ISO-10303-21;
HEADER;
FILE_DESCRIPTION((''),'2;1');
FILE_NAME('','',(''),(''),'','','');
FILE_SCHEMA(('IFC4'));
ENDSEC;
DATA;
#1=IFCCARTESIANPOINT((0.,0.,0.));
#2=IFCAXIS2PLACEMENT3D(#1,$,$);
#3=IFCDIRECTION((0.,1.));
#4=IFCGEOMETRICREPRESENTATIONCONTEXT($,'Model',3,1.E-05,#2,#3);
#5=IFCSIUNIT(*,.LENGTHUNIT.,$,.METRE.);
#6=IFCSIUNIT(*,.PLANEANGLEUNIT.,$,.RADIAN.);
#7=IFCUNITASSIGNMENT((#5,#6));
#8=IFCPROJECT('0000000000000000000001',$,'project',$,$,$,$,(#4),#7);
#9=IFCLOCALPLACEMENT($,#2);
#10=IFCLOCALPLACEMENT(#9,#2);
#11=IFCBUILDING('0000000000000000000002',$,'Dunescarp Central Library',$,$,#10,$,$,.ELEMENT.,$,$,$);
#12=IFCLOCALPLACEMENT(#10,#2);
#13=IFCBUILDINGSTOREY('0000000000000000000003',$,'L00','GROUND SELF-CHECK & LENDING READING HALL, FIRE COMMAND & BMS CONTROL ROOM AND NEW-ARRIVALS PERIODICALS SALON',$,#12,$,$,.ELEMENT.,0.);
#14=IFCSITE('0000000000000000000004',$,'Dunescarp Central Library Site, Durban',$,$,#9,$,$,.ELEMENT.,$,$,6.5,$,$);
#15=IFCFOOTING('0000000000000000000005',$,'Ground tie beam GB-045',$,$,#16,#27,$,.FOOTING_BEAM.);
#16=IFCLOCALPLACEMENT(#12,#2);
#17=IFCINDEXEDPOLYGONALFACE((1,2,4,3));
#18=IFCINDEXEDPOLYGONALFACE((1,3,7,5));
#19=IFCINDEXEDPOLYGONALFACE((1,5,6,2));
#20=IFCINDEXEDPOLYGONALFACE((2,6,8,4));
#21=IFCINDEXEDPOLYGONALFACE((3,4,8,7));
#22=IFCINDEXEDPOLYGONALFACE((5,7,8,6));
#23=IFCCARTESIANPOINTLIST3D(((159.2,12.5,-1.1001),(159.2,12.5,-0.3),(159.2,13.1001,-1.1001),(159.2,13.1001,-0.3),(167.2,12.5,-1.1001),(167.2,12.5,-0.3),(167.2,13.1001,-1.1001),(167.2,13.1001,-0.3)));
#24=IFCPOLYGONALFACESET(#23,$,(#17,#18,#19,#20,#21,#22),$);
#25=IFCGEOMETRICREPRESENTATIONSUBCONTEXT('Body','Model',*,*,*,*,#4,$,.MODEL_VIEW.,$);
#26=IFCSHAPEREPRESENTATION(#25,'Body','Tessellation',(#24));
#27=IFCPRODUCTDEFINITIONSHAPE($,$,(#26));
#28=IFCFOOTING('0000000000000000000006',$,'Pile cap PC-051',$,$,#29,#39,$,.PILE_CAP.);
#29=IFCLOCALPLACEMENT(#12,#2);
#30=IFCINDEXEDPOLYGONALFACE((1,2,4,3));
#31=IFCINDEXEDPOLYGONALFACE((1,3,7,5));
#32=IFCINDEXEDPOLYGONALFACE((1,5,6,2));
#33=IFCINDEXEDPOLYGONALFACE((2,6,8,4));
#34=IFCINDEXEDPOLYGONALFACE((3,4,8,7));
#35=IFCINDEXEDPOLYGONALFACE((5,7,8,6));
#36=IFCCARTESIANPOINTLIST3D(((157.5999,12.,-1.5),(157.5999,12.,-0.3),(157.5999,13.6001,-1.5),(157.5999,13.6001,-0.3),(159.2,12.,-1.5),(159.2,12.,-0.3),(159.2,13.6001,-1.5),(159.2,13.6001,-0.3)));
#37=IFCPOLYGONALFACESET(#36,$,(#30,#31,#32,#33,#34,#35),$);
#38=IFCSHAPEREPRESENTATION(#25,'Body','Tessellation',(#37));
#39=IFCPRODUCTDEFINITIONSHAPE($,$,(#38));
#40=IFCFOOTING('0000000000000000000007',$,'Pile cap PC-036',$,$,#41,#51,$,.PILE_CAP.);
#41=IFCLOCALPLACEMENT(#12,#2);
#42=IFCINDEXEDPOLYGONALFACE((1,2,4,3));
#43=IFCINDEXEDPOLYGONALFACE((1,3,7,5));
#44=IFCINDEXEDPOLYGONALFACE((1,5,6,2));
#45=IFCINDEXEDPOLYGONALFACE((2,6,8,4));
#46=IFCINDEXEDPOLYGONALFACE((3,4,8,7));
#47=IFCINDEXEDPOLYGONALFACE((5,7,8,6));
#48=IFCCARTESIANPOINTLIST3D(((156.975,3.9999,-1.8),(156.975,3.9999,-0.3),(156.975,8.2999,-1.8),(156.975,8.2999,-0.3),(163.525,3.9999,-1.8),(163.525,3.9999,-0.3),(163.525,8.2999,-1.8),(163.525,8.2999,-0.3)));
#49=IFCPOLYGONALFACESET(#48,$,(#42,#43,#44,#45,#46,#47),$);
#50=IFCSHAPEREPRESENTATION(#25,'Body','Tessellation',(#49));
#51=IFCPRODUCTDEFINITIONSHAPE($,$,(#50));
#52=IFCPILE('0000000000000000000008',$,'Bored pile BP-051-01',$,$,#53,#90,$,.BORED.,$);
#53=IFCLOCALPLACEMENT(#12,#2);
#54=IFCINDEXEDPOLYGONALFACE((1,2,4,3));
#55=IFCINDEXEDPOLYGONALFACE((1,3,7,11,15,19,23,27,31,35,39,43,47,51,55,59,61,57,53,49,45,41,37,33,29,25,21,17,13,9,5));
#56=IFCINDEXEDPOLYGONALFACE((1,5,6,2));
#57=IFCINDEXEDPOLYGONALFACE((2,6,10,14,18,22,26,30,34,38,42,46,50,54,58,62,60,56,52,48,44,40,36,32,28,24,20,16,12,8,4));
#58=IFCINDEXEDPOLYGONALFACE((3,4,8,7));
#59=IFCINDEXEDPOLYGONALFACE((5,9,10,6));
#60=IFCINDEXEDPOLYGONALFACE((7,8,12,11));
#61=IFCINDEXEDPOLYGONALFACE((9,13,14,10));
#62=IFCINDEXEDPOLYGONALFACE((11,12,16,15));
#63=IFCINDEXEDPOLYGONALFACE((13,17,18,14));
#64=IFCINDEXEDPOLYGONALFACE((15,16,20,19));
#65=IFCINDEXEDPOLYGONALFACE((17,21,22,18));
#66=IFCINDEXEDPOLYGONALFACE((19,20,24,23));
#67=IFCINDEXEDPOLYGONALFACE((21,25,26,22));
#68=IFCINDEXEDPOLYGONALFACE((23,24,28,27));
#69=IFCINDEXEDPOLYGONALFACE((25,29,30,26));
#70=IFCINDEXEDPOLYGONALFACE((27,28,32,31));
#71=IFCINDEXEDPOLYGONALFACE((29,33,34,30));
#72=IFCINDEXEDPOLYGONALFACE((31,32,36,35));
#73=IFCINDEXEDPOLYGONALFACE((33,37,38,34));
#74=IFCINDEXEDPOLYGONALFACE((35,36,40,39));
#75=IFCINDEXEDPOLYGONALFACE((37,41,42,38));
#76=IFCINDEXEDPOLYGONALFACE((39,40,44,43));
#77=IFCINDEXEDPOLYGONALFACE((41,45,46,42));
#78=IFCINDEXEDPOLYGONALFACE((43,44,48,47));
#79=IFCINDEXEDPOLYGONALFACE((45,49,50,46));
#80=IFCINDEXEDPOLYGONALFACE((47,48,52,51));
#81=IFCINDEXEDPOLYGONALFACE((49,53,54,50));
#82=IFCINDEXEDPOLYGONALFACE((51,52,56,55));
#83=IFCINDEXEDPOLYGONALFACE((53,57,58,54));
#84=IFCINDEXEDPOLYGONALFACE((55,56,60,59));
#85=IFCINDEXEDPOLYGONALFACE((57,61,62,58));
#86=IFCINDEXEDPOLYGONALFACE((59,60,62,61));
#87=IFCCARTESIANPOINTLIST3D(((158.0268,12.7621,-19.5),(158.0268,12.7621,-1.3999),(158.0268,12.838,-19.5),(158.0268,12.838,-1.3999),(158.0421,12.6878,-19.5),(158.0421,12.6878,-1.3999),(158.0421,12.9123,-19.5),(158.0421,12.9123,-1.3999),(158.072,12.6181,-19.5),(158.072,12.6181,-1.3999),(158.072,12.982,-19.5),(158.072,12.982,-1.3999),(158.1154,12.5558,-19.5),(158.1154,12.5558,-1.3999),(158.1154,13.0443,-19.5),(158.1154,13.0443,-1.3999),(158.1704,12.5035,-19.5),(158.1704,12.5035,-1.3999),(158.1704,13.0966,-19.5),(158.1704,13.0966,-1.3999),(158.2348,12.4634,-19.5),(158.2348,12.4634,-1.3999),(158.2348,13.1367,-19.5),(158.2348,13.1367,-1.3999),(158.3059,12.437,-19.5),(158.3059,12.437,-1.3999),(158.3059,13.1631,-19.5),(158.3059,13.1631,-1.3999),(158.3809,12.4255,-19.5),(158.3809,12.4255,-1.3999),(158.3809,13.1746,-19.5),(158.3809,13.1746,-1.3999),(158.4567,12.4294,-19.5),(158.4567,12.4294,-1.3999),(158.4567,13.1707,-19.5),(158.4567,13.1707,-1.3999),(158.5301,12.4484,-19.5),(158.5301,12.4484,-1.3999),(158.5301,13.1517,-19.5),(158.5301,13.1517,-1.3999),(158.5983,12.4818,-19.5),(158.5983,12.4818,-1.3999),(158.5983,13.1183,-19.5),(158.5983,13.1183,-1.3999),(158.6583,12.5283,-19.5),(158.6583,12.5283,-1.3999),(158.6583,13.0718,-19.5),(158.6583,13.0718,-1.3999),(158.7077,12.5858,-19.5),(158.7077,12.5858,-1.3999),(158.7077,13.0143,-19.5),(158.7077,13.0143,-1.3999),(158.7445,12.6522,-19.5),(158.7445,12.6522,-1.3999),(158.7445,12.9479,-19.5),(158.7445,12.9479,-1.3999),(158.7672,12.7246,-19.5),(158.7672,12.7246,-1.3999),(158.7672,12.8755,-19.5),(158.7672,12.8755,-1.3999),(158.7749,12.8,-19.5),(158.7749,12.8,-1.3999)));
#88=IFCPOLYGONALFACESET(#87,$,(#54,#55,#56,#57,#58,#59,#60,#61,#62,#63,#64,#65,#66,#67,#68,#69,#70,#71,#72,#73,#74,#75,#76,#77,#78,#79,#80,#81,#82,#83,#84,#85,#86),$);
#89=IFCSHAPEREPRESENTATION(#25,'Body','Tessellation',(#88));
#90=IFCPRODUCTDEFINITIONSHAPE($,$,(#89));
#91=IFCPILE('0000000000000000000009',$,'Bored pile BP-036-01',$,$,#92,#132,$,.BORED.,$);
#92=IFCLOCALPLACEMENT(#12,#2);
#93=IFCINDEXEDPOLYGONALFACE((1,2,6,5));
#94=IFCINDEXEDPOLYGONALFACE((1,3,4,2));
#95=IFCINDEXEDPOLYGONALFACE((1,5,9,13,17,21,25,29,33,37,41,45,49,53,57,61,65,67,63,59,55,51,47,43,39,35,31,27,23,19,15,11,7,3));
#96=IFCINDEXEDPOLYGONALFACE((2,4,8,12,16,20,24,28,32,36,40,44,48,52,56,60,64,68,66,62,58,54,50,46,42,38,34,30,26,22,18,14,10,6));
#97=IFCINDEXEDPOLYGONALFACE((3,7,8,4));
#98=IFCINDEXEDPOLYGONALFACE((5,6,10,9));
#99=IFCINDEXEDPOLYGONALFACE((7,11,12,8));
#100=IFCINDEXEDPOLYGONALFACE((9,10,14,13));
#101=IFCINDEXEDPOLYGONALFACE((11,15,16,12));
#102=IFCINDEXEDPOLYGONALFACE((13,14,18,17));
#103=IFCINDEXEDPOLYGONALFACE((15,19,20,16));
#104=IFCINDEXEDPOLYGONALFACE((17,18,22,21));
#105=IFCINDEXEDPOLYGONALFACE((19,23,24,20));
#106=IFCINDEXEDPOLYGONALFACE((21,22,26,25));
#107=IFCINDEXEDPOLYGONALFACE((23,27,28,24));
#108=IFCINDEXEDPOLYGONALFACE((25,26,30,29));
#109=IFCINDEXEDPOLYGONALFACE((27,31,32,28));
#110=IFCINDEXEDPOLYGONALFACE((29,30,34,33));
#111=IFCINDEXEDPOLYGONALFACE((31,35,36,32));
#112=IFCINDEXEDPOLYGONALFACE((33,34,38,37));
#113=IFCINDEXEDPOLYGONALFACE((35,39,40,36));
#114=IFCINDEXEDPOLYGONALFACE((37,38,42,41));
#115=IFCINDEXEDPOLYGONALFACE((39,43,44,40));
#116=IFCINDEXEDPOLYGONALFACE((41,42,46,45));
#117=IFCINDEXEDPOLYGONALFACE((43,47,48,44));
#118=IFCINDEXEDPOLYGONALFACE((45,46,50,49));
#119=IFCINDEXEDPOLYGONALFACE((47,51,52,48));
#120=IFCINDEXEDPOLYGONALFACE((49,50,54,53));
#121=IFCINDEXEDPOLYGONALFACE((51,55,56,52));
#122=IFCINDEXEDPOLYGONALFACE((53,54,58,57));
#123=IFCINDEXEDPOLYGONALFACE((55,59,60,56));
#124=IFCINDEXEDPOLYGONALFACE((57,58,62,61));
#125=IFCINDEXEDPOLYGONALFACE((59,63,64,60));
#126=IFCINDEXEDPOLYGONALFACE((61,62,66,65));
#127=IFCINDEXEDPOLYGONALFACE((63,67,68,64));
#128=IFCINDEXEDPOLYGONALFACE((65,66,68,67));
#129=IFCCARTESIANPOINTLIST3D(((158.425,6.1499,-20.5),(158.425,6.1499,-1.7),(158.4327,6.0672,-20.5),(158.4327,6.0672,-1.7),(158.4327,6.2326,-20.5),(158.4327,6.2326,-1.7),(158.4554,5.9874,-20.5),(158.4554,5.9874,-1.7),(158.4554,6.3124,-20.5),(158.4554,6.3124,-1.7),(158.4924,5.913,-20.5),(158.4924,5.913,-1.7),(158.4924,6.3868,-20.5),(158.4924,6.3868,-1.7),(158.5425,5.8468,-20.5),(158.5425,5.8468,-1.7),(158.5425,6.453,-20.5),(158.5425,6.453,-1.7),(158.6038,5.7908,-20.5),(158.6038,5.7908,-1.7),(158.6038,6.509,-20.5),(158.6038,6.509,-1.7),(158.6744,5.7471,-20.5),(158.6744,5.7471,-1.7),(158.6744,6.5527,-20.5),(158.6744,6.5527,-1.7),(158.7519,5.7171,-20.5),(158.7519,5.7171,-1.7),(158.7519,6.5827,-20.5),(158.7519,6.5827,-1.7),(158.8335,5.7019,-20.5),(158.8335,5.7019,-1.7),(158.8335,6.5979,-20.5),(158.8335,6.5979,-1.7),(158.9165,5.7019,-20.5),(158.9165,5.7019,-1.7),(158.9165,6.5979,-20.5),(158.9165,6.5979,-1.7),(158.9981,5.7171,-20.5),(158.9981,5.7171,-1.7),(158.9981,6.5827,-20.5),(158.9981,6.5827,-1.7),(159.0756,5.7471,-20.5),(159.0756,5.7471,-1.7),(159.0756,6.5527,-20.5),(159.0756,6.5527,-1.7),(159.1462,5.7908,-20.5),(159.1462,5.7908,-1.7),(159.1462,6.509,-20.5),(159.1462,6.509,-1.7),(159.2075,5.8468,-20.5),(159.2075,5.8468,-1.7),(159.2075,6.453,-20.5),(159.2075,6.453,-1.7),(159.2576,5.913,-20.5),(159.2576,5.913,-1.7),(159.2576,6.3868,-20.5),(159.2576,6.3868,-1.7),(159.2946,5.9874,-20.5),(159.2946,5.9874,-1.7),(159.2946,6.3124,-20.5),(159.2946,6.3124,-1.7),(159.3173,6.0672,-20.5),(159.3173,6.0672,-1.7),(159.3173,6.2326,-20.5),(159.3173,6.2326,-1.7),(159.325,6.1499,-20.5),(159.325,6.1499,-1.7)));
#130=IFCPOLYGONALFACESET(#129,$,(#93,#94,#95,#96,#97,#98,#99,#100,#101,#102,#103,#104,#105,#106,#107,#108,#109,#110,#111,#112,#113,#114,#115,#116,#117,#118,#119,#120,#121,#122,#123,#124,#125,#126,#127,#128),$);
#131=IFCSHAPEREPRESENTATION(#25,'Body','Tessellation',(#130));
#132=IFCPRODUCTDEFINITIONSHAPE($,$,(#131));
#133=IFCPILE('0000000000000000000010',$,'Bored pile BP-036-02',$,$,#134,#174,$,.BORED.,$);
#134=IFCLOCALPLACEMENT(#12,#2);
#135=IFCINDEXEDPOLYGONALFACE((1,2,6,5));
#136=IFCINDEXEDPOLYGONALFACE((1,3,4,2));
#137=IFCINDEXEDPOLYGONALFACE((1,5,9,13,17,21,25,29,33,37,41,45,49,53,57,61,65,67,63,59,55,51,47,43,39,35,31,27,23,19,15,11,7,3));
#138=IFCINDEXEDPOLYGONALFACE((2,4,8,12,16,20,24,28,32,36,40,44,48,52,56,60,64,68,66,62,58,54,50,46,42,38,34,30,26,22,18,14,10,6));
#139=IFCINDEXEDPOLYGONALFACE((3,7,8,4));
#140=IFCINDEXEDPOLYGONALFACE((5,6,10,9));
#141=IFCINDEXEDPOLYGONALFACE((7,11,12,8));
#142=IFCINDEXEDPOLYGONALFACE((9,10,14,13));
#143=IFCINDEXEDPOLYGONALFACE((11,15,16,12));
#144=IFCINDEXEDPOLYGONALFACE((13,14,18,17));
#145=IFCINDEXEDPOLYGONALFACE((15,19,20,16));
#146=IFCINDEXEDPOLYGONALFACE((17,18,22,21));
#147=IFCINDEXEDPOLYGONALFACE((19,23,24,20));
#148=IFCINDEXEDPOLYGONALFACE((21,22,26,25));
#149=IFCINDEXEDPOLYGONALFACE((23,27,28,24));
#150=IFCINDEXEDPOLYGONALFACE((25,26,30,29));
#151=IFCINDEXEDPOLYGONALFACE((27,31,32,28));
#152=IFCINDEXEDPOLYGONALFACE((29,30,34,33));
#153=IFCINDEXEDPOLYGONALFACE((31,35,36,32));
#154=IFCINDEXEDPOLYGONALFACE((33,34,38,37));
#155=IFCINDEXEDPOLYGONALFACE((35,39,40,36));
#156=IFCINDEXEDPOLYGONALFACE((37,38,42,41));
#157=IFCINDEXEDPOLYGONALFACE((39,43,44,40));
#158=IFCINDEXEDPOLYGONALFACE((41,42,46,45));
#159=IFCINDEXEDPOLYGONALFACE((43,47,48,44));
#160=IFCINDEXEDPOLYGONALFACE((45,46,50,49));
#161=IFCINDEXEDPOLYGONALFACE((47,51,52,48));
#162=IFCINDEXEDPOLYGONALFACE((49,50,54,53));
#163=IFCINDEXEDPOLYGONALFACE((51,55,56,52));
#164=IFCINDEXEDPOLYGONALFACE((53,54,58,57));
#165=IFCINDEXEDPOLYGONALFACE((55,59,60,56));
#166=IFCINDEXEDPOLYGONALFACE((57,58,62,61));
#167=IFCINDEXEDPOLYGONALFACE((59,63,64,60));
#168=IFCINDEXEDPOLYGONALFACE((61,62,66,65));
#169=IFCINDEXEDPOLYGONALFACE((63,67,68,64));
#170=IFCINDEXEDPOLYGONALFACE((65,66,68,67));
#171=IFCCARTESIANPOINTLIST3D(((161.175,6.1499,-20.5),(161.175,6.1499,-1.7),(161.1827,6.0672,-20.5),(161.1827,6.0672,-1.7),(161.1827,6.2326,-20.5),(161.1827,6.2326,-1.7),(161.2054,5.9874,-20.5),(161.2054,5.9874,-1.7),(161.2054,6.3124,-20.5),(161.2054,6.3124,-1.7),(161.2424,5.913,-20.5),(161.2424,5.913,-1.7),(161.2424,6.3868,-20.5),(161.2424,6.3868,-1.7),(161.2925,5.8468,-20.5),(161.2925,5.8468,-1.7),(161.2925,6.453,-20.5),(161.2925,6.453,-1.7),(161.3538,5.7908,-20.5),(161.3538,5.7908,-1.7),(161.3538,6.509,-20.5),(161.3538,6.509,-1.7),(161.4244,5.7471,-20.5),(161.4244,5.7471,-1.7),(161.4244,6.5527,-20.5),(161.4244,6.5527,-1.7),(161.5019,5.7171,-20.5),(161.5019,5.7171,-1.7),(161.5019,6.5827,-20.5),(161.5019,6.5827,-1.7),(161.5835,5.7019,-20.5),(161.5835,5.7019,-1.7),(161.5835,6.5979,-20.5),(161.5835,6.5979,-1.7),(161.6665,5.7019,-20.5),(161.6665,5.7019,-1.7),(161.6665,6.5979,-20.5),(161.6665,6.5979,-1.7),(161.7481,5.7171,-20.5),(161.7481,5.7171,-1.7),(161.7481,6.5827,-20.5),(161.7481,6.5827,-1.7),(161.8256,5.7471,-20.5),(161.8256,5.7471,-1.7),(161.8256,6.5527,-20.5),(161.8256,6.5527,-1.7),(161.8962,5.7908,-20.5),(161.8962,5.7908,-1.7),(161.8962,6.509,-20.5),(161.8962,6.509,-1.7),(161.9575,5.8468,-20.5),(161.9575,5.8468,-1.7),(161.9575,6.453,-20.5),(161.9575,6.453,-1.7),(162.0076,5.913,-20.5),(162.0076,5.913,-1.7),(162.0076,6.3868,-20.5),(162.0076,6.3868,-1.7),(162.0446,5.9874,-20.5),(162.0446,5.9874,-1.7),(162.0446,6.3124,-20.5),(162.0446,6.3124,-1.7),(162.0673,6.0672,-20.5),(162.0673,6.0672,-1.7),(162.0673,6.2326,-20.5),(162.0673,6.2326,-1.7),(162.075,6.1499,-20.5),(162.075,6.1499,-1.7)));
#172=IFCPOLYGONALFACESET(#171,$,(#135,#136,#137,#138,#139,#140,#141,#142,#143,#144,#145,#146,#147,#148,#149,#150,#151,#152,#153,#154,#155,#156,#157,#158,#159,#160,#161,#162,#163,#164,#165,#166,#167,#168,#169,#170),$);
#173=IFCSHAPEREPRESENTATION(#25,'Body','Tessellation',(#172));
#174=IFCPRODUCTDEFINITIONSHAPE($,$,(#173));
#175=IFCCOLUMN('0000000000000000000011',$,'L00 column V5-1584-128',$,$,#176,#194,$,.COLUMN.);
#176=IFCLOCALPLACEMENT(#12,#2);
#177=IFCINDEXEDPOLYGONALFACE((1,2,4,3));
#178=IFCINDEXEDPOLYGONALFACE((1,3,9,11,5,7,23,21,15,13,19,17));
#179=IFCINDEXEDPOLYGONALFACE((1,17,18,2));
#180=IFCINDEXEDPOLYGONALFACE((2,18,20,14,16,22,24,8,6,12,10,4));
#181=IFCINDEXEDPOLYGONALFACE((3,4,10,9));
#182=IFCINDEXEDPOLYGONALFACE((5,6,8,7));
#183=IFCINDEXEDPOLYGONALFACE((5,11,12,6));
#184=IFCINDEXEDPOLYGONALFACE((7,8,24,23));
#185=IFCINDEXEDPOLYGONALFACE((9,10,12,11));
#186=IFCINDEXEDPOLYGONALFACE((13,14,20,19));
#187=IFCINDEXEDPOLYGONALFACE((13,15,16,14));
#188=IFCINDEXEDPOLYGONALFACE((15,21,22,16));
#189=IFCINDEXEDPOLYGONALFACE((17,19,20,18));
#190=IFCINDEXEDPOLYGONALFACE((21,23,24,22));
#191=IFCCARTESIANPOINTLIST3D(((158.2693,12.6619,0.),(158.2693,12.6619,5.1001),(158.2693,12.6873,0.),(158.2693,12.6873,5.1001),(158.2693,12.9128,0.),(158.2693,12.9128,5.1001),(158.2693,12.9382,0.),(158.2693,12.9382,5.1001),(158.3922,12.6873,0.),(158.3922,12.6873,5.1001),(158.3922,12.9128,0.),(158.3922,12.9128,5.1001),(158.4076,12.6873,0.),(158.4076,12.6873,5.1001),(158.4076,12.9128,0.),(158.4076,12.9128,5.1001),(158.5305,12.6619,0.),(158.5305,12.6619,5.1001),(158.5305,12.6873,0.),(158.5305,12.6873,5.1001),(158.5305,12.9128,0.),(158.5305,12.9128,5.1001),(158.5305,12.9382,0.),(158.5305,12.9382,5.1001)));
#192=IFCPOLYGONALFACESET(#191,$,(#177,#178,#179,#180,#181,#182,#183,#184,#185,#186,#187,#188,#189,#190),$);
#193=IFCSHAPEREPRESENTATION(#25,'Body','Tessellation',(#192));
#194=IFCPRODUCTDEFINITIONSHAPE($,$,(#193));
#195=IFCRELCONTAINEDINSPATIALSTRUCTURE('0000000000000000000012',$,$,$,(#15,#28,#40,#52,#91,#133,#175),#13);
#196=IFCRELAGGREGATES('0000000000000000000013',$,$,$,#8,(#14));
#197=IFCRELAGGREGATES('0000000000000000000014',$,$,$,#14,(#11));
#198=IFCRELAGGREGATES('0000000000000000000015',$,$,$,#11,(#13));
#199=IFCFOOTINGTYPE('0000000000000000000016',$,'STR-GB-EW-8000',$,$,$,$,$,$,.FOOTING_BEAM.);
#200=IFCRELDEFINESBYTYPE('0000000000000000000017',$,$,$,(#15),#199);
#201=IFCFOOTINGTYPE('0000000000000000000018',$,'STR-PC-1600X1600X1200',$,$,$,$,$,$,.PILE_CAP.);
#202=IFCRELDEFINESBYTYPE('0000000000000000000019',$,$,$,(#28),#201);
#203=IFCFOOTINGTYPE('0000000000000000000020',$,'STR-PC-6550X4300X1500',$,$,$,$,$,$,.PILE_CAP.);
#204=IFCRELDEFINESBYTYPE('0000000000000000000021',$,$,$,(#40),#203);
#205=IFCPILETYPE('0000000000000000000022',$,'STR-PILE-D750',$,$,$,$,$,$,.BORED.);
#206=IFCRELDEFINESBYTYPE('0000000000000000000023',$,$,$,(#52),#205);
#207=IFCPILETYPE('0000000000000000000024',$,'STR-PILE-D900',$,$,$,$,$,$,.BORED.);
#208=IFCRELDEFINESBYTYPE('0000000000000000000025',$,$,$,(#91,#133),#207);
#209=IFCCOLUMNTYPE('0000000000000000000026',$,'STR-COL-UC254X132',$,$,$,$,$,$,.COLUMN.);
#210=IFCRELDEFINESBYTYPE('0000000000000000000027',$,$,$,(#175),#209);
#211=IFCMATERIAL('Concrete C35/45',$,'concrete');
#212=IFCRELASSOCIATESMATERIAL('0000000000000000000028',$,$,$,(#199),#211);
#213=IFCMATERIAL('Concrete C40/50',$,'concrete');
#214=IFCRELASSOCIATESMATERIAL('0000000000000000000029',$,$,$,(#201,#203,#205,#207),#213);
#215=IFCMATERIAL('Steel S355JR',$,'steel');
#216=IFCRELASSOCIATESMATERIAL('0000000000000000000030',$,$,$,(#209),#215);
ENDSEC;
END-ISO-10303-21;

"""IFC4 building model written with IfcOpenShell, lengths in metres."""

from ifc_helpers import new_model, si_unit, direction, frame, origin, origin_2d, place, context, subcontext, project, spatial, rectangle, circle, i_section, extrude, material, material_profile, profile_set, type_object, element, save


model = new_model("IFC4")

# Units and contexts
model_context = context("Model", 3, precision=1e-05, world=origin(), true_north=direction((0.0, 1.0)))
body_context = subcontext(model_context, "Body", "Model", "MODEL_VIEW")
ifc_project = project(units=[si_unit("LENGTHUNIT", "METRE"), si_unit("PLANEANGLEUNIT", "RADIAN")], contexts=[model_context])

# Site, building, storey
site_placement = place(None, origin())
site = spatial("IfcSite", under=ifc_project, at=site_placement, Name="Dunescarp Central Library Site, Durban", CompositionType="ELEMENT", RefElevation=6.5)
building_placement = place(site_placement, origin())
building = spatial("IfcBuilding", under=site, at=building_placement, Name="Dunescarp Central Library", CompositionType="ELEMENT")
storey_placement = place(building_placement, origin())
storey = spatial("IfcBuildingStorey", under=building, at=storey_placement, Name="L00", Description="GROUND SELF-CHECK & LENDING READING HALL, FIRE COMMAND & BMS CONTROL ROOM AND NEW-ARRIVALS PERIODICALS SALON", CompositionType="ELEMENT", Elevation=0.0)

# Footings
ifc_material_1 = material(Name="Concrete C35/45", Category="concrete")
footing_type_1 = type_object("IfcFootingType", Name="STR-GB-EW-8000", PredefinedType="FOOTING_BEAM", material=ifc_material_1)
footing_1_placement = place(storey_placement, frame((163.2, 12.8, -1.1001), z_axis=(0.0, 0.0, 1.0), x_axis=(1.0, 0.0, 0.0)))
element("IfcFooting", 1, at=footing_1_placement, inside=storey, type_object=footing_type_1, Name="Ground tie beam GB-045", PredefinedType="FOOTING_BEAM", context=body_context, shape_type="SweptSolid", body=[
    extrude(rectangle(XDim=8.0, YDim=0.6001, at=origin_2d()), origin(), (0.0, 0.0, 1.0), 0.8),
])
ifc_material_2 = material(Name="Concrete C40/50", Category="concrete")
footing_type_2 = type_object("IfcFootingType", Name="STR-PC-1600X1600X1200", PredefinedType="PILE_CAP", material=ifc_material_2)
footing_2_placement = place(storey_placement, frame((158.3999, 12.8, -1.5), z_axis=(0.0, 0.0, 1.0), x_axis=(1.0, 0.0, 0.0)))
element("IfcFooting", 2, at=footing_2_placement, inside=storey, type_object=footing_type_2, Name="Pile cap PC-051", PredefinedType="PILE_CAP", context=body_context, shape_type="SweptSolid", body=[
    extrude(rectangle(XDim=1.6001, YDim=1.6001, at=origin_2d()), origin(), (0.0, 0.0, 1.0), 1.2),
])
footing_type_3 = type_object("IfcFootingType", Name="STR-PC-6550X4300X1500", PredefinedType="PILE_CAP", material=ifc_material_2)
footing_3_placement = place(storey_placement, frame((160.25, 6.1499, -1.8), z_axis=(0.0, 0.0, 1.0), x_axis=(1.0, 0.0, 0.0)))
element("IfcFooting", 3, at=footing_3_placement, inside=storey, type_object=footing_type_3, Name="Pile cap PC-036", PredefinedType="PILE_CAP", context=body_context, shape_type="SweptSolid", body=[
    extrude(rectangle(XDim=6.55, YDim=4.3, at=origin_2d()), origin(), (0.0, 0.0, 1.0), 1.5),
])

# Piles
ifc_material_profile_1 = material_profile(ifc_material_2, circle(Radius=0.375, at=origin_2d()), Name="PILE D750")
ifc_profile_set_1 = profile_set([ifc_material_profile_1], Name="Concrete C40/50")
pile_type_1 = type_object("IfcPileType", Name="STR-PILE-D750", PredefinedType="BORED", material=ifc_profile_set_1)
pile_placement = place(storey_placement, frame((158.3999, 12.8, -1.3999), z_axis=(0.0, 0.0, -1.0), x_axis=(1.0, 0.0, 0.0)))
element("IfcPile", 4, at=pile_placement, inside=storey, type_object=pile_type_1, Name="Bored pile BP-051-01", PredefinedType="BORED", context=body_context, shape_type="SweptSolid", body=[
    extrude(circle(Radius=0.375, at=origin_2d()), origin(), (0.0, 0.0, 1.0), 18.1001),
])
ifc_material_profile_2 = material_profile(ifc_material_2, circle(Radius=0.45, at=origin_2d()), Name="PILE D900")
ifc_profile_set_2 = profile_set([ifc_material_profile_2], Name="Concrete C40/50")
pile_type_2 = type_object("IfcPileType", Name="STR-PILE-D900", PredefinedType="BORED", material=ifc_profile_set_2)
for number, where, z_axis, x_axis, name in (
    (5, (158.875, 6.1499, -1.7), (0.0, 0.0, -1.0), (1.0, 0.0, 0.0), "Bored pile BP-036-01"),
    (6, (161.625, 6.1499, -1.7), (0.0, 0.0, -1.0), (1.0, 0.0, 0.0), "Bored pile BP-036-02"),
):
    element("IfcPile", number, at=place(storey_placement, frame(where, z_axis=z_axis, x_axis=x_axis)), inside=storey, type_object=pile_type_2, Name=name, PredefinedType="BORED", context=body_context, shape_type="SweptSolid", body=[
        extrude(circle(Radius=0.45, at=origin_2d()), origin(), (0.0, 0.0, 1.0), 18.8),
    ])

# Column
ifc_material_3 = material(Name="Steel S355JR", Category="steel")
ifc_material_profile_3 = material_profile(ifc_material_3, i_section(OverallWidth=0.2612, OverallDepth=0.2764, WebThickness=0.0154, FlangeThickness=0.0254, at=origin_2d()), Name="UC 254x254x132")
ifc_profile_set_3 = profile_set([ifc_material_profile_3], Name="Steel S355JR")
column_type = type_object("IfcColumnType", Name="STR-COL-UC254X132", PredefinedType="COLUMN", material=ifc_profile_set_3)
column_placement = place(storey_placement, frame((158.3999, 12.8, 0.0), z_axis=(0.0, 0.0, 1.0), x_axis=(1.0, 0.0, 0.0)))
element("IfcColumn", 7, at=column_placement, inside=storey, type_object=column_type, Name="L00 column V5-1584-128", PredefinedType="COLUMN", context=body_context, shape_type="SweptSolid", body=[
    extrude(i_section(OverallWidth=0.2612, OverallDepth=0.2764, WebThickness=0.0154, FlangeThickness=0.0254, at=origin_2d()), origin(), (0.0, 0.0, 1.0), 5.1001),
])

save(model, "model.ifc")
